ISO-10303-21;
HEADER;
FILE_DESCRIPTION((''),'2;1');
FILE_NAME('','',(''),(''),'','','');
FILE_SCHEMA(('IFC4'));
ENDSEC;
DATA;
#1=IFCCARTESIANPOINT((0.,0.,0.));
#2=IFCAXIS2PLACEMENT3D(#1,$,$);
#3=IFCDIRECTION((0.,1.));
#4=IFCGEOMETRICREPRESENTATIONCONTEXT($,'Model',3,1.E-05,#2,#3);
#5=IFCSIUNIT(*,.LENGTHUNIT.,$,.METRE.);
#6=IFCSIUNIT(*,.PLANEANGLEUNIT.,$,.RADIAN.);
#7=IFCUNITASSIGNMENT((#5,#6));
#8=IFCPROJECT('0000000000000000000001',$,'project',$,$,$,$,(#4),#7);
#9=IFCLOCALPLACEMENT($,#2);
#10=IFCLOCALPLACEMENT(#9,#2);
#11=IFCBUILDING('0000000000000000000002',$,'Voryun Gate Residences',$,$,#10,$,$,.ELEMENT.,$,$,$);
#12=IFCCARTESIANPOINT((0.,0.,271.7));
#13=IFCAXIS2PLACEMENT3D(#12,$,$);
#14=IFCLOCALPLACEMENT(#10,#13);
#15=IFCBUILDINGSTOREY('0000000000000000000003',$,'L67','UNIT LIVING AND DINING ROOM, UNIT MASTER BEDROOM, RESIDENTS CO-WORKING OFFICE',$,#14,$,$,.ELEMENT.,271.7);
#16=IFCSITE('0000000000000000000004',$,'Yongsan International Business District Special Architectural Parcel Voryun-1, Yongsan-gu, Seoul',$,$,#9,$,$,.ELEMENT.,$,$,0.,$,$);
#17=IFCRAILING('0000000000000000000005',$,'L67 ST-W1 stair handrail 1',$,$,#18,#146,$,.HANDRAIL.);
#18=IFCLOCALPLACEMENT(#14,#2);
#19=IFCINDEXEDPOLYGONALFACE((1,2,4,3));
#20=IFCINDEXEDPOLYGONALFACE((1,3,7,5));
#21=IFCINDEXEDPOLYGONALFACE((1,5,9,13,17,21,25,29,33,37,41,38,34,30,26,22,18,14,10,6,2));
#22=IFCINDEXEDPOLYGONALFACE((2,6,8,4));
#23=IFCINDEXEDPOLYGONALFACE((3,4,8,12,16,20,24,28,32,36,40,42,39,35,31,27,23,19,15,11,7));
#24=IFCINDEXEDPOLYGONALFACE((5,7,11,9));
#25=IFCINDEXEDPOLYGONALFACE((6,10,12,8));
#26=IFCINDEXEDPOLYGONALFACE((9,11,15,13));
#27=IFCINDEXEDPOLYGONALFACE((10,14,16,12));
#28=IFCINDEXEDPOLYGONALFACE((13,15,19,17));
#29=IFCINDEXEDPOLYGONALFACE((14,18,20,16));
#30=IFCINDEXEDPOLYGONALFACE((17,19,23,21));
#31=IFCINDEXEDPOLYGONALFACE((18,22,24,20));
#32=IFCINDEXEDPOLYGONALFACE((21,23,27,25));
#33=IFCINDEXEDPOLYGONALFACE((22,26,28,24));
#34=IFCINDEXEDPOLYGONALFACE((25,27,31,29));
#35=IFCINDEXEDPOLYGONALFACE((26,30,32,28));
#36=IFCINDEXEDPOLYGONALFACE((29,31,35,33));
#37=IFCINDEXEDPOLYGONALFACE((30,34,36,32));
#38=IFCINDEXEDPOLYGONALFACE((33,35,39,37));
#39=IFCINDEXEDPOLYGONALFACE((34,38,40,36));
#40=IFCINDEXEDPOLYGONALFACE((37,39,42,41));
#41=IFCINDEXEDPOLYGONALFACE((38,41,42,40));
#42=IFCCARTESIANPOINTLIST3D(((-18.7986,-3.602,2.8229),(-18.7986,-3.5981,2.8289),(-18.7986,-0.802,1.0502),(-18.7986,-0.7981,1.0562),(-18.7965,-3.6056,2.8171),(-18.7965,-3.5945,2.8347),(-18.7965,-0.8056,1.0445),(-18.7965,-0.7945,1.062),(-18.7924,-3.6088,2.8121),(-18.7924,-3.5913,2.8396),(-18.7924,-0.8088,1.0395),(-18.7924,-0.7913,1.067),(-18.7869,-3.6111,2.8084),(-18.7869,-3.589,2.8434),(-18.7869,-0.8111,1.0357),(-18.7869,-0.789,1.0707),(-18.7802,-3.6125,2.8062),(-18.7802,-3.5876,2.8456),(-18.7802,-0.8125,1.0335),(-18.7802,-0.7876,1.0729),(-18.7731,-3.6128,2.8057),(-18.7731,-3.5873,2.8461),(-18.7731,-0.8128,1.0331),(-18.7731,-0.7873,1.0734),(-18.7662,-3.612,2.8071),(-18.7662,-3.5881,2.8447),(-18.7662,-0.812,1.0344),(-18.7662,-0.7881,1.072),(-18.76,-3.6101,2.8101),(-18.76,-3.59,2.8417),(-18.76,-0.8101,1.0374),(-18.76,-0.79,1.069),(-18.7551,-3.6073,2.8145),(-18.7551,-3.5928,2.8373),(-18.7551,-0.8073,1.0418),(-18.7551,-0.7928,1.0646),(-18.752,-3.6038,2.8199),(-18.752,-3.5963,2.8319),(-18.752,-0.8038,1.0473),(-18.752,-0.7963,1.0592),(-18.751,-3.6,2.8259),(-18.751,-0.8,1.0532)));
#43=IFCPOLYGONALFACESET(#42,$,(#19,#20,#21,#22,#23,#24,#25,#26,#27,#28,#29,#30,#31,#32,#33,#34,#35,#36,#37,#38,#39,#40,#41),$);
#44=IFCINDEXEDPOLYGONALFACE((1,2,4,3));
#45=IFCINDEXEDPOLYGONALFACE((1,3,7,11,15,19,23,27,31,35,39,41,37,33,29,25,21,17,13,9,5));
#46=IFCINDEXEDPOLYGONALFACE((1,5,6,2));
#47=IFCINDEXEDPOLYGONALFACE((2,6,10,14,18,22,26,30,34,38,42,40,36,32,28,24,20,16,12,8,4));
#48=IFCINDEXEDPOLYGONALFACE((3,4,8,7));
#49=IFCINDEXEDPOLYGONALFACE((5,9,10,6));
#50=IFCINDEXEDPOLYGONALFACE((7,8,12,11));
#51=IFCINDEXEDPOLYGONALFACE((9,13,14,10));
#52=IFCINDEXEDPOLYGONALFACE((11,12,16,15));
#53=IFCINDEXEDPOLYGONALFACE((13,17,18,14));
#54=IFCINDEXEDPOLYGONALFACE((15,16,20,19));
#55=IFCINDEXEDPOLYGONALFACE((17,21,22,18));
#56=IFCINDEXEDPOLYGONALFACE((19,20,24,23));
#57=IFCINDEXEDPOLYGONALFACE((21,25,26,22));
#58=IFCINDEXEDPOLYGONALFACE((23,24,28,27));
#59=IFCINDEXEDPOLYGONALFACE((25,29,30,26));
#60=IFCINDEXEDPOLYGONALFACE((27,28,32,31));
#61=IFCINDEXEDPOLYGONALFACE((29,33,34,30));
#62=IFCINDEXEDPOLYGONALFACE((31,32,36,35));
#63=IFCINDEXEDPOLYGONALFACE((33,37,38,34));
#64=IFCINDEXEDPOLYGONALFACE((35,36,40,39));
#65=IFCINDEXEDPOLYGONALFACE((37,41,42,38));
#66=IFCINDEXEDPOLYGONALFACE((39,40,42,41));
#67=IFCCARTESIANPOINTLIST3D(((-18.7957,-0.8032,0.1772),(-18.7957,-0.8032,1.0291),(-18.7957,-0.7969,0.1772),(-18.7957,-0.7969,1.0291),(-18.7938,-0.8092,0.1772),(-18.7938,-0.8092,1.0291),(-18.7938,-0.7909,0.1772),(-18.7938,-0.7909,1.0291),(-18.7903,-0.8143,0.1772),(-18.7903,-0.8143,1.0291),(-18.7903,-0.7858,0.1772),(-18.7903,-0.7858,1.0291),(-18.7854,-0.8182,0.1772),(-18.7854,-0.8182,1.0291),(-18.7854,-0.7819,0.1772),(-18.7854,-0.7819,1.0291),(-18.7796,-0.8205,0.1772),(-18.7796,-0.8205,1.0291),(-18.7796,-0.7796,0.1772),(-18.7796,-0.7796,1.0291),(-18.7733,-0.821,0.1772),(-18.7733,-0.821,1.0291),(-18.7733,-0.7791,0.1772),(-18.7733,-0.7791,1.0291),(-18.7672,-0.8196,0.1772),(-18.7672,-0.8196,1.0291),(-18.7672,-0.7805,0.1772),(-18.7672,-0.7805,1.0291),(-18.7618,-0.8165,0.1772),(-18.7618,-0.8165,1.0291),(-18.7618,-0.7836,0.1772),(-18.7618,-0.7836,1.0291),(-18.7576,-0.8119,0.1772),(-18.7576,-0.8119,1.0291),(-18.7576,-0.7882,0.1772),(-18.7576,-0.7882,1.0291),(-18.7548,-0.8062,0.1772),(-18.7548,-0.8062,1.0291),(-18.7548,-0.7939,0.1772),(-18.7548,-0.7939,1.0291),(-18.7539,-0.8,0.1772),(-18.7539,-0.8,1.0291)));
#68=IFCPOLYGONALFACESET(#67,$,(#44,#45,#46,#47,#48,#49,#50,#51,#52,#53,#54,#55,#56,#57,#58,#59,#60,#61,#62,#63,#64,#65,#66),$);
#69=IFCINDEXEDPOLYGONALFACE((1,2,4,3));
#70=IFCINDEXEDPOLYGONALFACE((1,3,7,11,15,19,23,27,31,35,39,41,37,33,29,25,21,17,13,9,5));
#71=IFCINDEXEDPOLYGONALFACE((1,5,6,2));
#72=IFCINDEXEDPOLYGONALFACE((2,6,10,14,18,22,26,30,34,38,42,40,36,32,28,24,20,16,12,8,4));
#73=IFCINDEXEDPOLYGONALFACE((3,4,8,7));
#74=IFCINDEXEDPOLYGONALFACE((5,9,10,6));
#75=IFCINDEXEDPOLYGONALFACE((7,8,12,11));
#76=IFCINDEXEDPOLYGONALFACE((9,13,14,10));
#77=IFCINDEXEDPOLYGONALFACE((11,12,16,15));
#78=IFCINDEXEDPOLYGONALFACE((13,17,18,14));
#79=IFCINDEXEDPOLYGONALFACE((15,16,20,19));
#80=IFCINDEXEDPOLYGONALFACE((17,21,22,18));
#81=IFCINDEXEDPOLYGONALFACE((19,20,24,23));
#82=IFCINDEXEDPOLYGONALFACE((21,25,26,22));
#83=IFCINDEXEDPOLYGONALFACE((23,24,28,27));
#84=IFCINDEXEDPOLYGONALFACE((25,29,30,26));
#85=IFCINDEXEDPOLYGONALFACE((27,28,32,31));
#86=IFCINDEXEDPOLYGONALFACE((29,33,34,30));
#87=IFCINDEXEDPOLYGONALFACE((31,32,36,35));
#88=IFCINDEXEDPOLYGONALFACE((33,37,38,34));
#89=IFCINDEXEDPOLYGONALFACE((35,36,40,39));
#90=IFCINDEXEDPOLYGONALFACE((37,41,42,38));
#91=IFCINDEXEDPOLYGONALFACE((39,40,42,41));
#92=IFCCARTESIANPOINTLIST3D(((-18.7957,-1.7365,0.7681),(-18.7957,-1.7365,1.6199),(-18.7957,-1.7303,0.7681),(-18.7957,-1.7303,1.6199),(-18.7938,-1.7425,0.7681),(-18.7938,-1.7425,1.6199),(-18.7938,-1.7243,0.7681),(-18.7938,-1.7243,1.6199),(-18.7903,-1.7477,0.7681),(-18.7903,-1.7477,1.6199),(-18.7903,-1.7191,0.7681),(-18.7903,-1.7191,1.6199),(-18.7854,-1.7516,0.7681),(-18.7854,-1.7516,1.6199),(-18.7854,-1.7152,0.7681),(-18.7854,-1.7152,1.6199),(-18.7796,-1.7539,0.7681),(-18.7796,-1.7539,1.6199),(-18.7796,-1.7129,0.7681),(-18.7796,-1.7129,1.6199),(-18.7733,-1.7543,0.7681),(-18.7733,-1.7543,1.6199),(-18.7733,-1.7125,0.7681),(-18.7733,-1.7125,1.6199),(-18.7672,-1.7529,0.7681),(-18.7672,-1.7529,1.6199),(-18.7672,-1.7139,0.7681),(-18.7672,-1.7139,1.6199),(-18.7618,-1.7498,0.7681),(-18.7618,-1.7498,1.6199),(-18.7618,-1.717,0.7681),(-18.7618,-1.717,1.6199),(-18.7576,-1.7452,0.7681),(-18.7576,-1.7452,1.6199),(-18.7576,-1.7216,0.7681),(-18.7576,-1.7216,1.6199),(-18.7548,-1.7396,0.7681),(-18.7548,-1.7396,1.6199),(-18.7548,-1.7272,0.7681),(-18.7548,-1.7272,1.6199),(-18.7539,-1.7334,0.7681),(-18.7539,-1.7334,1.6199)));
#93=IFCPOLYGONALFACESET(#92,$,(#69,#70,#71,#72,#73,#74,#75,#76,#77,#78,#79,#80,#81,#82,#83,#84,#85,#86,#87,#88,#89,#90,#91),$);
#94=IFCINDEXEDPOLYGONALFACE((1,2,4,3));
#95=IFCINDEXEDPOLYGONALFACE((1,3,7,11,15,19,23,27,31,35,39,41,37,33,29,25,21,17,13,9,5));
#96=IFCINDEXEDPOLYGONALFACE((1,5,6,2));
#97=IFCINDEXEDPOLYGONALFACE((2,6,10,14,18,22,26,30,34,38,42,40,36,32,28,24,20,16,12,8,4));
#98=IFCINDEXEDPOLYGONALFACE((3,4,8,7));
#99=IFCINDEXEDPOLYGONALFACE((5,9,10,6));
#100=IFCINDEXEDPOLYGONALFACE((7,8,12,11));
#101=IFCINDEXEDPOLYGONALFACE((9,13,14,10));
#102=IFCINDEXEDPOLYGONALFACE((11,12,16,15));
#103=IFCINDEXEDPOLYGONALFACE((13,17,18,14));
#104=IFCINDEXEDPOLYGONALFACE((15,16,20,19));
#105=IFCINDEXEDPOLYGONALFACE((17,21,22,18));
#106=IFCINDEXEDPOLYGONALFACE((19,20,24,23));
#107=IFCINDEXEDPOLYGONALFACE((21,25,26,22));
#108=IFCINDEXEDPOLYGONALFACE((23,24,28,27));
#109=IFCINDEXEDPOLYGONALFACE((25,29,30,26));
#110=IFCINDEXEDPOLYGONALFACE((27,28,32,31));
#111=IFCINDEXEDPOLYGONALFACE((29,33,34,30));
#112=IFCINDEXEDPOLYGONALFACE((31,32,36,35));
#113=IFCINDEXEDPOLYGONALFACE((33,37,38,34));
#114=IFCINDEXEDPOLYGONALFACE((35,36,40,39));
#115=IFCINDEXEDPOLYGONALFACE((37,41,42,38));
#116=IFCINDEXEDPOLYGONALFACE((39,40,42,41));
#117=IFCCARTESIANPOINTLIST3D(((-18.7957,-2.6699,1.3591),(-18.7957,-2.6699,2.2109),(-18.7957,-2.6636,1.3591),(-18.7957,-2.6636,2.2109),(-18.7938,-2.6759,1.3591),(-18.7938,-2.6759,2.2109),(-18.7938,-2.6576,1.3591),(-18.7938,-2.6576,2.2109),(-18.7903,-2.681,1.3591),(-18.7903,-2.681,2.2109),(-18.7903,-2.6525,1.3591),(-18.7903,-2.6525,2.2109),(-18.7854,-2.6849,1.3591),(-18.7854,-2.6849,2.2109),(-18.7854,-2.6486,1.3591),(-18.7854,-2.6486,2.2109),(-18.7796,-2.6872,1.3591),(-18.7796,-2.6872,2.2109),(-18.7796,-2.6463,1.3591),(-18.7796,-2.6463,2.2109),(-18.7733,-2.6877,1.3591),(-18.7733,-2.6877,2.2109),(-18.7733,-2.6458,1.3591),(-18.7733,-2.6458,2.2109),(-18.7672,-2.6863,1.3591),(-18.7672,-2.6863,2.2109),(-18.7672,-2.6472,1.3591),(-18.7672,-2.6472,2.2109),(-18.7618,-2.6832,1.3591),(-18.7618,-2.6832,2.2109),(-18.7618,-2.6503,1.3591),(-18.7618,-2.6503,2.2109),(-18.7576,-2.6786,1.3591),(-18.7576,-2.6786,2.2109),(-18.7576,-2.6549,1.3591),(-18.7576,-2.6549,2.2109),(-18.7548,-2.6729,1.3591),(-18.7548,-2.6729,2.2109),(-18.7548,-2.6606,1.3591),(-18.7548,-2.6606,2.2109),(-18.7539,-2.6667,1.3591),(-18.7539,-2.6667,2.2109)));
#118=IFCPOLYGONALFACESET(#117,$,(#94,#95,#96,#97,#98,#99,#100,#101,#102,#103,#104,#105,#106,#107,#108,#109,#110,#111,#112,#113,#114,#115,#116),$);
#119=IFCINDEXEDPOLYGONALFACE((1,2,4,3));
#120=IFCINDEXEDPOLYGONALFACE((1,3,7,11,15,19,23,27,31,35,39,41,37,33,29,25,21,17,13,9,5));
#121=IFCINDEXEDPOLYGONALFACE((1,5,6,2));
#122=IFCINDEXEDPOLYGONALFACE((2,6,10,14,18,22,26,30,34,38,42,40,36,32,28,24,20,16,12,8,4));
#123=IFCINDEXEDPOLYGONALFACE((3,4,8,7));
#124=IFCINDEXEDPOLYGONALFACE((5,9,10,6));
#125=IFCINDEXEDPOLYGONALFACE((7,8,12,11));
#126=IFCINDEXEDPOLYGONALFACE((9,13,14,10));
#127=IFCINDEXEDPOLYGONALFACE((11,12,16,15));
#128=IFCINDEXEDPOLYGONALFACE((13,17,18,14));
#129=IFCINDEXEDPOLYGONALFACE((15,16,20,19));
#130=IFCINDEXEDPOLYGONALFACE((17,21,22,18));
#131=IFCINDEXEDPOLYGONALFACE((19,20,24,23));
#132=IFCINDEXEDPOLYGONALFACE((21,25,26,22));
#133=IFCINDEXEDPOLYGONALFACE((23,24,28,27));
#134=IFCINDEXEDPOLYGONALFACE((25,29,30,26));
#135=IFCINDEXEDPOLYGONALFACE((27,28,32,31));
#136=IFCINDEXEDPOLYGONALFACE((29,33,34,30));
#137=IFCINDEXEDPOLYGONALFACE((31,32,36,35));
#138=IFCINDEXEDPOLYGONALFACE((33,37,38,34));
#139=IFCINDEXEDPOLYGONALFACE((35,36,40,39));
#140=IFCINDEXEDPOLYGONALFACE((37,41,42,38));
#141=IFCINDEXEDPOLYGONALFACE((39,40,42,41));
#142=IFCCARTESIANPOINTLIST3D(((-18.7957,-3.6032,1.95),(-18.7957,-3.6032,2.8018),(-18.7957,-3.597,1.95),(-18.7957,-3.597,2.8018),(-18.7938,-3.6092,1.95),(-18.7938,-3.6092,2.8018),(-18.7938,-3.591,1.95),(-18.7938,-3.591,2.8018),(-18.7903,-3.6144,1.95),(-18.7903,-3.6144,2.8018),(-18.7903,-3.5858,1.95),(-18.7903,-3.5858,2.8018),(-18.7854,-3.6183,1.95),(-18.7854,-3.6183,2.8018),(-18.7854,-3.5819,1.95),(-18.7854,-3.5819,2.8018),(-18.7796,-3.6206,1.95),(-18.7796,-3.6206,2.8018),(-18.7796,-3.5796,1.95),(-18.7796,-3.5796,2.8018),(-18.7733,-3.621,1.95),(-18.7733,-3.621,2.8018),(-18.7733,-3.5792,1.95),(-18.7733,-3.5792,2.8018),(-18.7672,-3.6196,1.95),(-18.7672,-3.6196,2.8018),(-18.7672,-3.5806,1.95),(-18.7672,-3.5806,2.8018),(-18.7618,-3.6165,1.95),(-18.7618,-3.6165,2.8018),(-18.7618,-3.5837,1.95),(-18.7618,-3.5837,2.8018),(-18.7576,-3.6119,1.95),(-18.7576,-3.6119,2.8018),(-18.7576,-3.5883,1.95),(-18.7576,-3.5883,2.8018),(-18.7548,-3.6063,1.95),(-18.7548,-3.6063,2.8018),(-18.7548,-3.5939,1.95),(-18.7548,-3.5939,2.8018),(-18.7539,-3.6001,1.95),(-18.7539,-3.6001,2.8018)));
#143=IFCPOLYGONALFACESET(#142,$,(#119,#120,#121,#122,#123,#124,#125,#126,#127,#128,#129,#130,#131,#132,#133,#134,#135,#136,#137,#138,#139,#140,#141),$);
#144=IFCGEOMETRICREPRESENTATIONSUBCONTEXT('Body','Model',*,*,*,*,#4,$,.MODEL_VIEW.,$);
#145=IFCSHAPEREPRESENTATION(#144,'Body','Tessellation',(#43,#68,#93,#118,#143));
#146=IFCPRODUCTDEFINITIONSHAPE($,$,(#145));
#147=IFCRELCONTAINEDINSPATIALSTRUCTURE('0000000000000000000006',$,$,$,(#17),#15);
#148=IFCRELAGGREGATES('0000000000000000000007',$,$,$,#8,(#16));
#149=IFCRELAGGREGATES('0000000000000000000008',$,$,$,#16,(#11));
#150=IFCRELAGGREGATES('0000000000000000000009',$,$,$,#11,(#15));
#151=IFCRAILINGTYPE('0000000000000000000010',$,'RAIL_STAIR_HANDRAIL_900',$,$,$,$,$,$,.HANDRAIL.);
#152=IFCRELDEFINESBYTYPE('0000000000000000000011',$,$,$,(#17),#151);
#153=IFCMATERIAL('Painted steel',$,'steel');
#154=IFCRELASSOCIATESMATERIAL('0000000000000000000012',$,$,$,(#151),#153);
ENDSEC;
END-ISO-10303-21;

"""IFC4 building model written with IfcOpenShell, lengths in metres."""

from ifc_helpers import new_model, si_unit, direction, frame, origin, origin_2d, place, context, subcontext, project, spatial, circle, extrude, material, type_object, element, save


model = new_model("IFC4")

# Units and contexts
model_context = context("Model", 3, precision=1e-05, world=origin(), true_north=direction((0.0, 1.0)))
body_context = subcontext(model_context, "Body", "Model", "MODEL_VIEW")
ifc_project = project(units=[si_unit("LENGTHUNIT", "METRE"), si_unit("PLANEANGLEUNIT", "RADIAN")], contexts=[model_context])

# Site, building, storey
site_placement = place(None, origin())
site = spatial("IfcSite", under=ifc_project, at=site_placement, Name="Yongsan International Business District Special Architectural Parcel Voryun-1, Yongsan-gu, Seoul", CompositionType="ELEMENT", RefElevation=0.0)
building_placement = place(site_placement, origin())
building = spatial("IfcBuilding", under=site, at=building_placement, Name="Voryun Gate Residences", CompositionType="ELEMENT")
storey_placement = place(building_placement, frame((0.0, 0.0, 271.7)))
storey = spatial("IfcBuildingStorey", under=building, at=storey_placement, Name="L67", Description="UNIT LIVING AND DINING ROOM, UNIT MASTER BEDROOM, RESIDENTS CO-WORKING OFFICE", CompositionType="ELEMENT", Elevation=271.7)

# Railing
ifc_material_1 = material(Name="Painted steel", Category="steel")
railing_type_1 = type_object("IfcRailingType", Name="RAIL_STAIR_HANDRAIL_900", PredefinedType="HANDRAIL", material=ifc_material_1)
railing_1_placement = place(storey_placement, frame((-18.7749, -0.8, 0.1772)))
element("IfcRailing", 1, at=railing_1_placement, inside=storey, type_object=railing_type_1, Name="L67 ST-W1 stair handrail 1", PredefinedType="HANDRAIL", context=body_context, shape_type="SweptSolid", body=[
    extrude(circle(Radius=0.0239, at=origin_2d()), frame((0.0, 0.0, 0.876), z_axis=(0.0, -0.844909, 0.53491), x_axis=(1.0, 0.0, 0.0)), (0.0, 0.0, 1.0), 3.314),
    extrude(circle(Radius=0.021, at=origin_2d()), origin(), (0.0, 0.0, 1.0), 0.8518),
    extrude(circle(Radius=0.021, at=origin_2d()), frame((0.0, -0.9333, 0.5908)), (0.0, 0.0, 1.0), 0.8518),
    extrude(circle(Radius=0.021, at=origin_2d()), frame((0.0, -1.8667, 1.1819)), (0.0, 0.0, 1.0), 0.8518),
    extrude(circle(Radius=0.021, at=origin_2d()), frame((0.0, -2.8, 1.7727)), (0.0, 0.0, 1.0), 0.8518),
])

save(model, "model.ifc")
